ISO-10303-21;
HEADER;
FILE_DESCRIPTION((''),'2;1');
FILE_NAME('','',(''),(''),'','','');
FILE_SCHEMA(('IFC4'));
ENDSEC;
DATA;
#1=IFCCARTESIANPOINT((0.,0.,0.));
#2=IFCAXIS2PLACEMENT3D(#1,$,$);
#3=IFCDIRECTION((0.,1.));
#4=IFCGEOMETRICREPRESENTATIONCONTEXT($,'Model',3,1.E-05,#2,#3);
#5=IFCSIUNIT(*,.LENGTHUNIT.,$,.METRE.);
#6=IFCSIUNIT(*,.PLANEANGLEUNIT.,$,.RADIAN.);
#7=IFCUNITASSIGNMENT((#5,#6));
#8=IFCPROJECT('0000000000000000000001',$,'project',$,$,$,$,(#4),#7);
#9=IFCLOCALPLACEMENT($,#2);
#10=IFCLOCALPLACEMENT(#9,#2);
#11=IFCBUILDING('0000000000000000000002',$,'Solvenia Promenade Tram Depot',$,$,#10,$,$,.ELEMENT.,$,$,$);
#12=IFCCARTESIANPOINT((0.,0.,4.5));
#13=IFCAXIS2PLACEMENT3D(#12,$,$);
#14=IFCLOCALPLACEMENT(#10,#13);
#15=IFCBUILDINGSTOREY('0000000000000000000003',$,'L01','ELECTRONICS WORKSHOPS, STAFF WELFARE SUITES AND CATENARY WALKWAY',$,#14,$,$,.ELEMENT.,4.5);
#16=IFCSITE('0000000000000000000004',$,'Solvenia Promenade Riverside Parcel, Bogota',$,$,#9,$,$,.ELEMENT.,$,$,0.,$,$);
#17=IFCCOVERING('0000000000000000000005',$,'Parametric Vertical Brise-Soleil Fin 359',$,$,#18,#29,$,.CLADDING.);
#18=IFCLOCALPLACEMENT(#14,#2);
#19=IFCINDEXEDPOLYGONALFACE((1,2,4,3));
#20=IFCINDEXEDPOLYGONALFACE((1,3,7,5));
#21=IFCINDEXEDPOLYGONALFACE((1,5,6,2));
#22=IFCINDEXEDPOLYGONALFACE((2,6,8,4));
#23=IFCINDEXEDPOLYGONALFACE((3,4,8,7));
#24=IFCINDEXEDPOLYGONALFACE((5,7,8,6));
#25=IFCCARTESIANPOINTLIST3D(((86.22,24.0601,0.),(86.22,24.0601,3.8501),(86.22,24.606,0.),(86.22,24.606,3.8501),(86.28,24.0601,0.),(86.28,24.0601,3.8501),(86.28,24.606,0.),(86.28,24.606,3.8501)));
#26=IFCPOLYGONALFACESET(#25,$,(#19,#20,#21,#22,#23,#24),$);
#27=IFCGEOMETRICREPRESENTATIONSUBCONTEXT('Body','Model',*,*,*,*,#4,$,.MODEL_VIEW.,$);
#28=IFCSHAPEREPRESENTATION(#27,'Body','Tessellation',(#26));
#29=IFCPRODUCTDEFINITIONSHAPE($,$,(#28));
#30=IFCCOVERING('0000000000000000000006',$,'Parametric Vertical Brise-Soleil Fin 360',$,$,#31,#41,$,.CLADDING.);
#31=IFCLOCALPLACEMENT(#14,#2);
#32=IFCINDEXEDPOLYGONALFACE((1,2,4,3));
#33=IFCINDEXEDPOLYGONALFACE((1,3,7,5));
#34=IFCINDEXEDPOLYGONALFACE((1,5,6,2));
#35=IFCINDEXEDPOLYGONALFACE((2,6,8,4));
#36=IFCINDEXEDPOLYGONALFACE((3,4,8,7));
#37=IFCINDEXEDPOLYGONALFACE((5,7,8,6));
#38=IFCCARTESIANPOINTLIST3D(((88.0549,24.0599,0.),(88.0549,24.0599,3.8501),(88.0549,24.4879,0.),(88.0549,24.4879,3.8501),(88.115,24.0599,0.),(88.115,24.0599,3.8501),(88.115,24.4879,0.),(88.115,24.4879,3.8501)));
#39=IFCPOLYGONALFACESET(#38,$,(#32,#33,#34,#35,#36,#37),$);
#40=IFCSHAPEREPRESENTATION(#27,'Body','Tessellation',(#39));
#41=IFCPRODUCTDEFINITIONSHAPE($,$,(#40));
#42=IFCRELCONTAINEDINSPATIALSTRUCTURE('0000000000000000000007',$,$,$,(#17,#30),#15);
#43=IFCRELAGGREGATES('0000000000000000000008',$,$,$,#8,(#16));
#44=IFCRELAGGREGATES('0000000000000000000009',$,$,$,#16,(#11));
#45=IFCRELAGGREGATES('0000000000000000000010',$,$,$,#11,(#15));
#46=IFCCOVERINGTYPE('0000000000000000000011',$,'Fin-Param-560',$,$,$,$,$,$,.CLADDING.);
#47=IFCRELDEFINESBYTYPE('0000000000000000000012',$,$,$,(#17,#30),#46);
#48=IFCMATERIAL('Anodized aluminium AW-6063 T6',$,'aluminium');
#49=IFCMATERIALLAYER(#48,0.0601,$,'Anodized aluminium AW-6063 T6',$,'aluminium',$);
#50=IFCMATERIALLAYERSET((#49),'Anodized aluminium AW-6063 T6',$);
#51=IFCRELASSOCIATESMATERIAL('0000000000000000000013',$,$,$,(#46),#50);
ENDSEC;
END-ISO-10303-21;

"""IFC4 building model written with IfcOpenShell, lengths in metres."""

from ifc_helpers import new_model, si_unit, direction, frame, origin, origin_2d, place, context, subcontext, project, spatial, rectangle, extrude, material, layer, layer_set, type_object, element, save


model = new_model("IFC4")

# Units and contexts
model_context = context("Model", 3, precision=1e-05, world=origin(), true_north=direction((0.0, 1.0)))
body_context = subcontext(model_context, "Body", "Model", "MODEL_VIEW")
ifc_project = project(units=[si_unit("LENGTHUNIT", "METRE"), si_unit("PLANEANGLEUNIT", "RADIAN")], contexts=[model_context])

# Site, building, storey
site_placement = place(None, origin())
site = spatial("IfcSite", under=ifc_project, at=site_placement, Name="Solvenia Promenade Riverside Parcel, Bogota", CompositionType="ELEMENT", RefElevation=0.0)
building_placement = place(site_placement, origin())
building = spatial("IfcBuilding", under=site, at=building_placement, Name="Solvenia Promenade Tram Depot", CompositionType="ELEMENT")
storey_placement = place(building_placement, frame((0.0, 0.0, 4.5)))
storey = spatial("IfcBuildingStorey", under=building, at=storey_placement, Name="L01", Description="ELECTRONICS WORKSHOPS, STAFF WELFARE SUITES AND CATENARY WALKWAY", CompositionType="ELEMENT", Elevation=4.5)

# Shared definitions
ifc_material_1 = material(Name="Anodized aluminium AW-6063 T6", Category="aluminium")

# Coverings
ifc_layer_1 = layer(ifc_material_1, 0.0601, Name="Anodized aluminium AW-6063 T6", Category="aluminium")
ifc_layer_set_1 = layer_set([ifc_layer_1], Name="Anodized aluminium AW-6063 T6")
covering_type = type_object("IfcCoveringType", Name="Fin-Param-560", PredefinedType="CLADDING", material=ifc_layer_set_1)
covering_1_placement = place(storey_placement, frame((86.25, 24.333, 0.0), z_axis=(0.0, 0.0, 1.0), x_axis=(1.0, 0.0, 0.0)))
element("IfcCovering", 1, at=covering_1_placement, inside=storey, type_object=covering_type, Name="Parametric Vertical Brise-Soleil Fin 359", PredefinedType="CLADDING", context=body_context, shape_type="SweptSolid", body=[
    extrude(rectangle(XDim=0.0601, YDim=0.5459, at=origin_2d()), origin(), (0.0, 0.0, 1.0), 3.8501),
])
covering_2_placement = place(storey_placement, frame((88.085, 24.2739, 0.0), z_axis=(0.0, 0.0, 1.0), x_axis=(1.0, 0.0, 0.0)))
element("IfcCovering", 2, at=covering_2_placement, inside=storey, type_object=covering_type, Name="Parametric Vertical Brise-Soleil Fin 360", PredefinedType="CLADDING", context=body_context, shape_type="SweptSolid", body=[
    extrude(rectangle(XDim=0.0601, YDim=0.428, at=origin_2d()), origin(), (0.0, 0.0, 1.0), 3.8501),
])

save(model, "model.ifc")
